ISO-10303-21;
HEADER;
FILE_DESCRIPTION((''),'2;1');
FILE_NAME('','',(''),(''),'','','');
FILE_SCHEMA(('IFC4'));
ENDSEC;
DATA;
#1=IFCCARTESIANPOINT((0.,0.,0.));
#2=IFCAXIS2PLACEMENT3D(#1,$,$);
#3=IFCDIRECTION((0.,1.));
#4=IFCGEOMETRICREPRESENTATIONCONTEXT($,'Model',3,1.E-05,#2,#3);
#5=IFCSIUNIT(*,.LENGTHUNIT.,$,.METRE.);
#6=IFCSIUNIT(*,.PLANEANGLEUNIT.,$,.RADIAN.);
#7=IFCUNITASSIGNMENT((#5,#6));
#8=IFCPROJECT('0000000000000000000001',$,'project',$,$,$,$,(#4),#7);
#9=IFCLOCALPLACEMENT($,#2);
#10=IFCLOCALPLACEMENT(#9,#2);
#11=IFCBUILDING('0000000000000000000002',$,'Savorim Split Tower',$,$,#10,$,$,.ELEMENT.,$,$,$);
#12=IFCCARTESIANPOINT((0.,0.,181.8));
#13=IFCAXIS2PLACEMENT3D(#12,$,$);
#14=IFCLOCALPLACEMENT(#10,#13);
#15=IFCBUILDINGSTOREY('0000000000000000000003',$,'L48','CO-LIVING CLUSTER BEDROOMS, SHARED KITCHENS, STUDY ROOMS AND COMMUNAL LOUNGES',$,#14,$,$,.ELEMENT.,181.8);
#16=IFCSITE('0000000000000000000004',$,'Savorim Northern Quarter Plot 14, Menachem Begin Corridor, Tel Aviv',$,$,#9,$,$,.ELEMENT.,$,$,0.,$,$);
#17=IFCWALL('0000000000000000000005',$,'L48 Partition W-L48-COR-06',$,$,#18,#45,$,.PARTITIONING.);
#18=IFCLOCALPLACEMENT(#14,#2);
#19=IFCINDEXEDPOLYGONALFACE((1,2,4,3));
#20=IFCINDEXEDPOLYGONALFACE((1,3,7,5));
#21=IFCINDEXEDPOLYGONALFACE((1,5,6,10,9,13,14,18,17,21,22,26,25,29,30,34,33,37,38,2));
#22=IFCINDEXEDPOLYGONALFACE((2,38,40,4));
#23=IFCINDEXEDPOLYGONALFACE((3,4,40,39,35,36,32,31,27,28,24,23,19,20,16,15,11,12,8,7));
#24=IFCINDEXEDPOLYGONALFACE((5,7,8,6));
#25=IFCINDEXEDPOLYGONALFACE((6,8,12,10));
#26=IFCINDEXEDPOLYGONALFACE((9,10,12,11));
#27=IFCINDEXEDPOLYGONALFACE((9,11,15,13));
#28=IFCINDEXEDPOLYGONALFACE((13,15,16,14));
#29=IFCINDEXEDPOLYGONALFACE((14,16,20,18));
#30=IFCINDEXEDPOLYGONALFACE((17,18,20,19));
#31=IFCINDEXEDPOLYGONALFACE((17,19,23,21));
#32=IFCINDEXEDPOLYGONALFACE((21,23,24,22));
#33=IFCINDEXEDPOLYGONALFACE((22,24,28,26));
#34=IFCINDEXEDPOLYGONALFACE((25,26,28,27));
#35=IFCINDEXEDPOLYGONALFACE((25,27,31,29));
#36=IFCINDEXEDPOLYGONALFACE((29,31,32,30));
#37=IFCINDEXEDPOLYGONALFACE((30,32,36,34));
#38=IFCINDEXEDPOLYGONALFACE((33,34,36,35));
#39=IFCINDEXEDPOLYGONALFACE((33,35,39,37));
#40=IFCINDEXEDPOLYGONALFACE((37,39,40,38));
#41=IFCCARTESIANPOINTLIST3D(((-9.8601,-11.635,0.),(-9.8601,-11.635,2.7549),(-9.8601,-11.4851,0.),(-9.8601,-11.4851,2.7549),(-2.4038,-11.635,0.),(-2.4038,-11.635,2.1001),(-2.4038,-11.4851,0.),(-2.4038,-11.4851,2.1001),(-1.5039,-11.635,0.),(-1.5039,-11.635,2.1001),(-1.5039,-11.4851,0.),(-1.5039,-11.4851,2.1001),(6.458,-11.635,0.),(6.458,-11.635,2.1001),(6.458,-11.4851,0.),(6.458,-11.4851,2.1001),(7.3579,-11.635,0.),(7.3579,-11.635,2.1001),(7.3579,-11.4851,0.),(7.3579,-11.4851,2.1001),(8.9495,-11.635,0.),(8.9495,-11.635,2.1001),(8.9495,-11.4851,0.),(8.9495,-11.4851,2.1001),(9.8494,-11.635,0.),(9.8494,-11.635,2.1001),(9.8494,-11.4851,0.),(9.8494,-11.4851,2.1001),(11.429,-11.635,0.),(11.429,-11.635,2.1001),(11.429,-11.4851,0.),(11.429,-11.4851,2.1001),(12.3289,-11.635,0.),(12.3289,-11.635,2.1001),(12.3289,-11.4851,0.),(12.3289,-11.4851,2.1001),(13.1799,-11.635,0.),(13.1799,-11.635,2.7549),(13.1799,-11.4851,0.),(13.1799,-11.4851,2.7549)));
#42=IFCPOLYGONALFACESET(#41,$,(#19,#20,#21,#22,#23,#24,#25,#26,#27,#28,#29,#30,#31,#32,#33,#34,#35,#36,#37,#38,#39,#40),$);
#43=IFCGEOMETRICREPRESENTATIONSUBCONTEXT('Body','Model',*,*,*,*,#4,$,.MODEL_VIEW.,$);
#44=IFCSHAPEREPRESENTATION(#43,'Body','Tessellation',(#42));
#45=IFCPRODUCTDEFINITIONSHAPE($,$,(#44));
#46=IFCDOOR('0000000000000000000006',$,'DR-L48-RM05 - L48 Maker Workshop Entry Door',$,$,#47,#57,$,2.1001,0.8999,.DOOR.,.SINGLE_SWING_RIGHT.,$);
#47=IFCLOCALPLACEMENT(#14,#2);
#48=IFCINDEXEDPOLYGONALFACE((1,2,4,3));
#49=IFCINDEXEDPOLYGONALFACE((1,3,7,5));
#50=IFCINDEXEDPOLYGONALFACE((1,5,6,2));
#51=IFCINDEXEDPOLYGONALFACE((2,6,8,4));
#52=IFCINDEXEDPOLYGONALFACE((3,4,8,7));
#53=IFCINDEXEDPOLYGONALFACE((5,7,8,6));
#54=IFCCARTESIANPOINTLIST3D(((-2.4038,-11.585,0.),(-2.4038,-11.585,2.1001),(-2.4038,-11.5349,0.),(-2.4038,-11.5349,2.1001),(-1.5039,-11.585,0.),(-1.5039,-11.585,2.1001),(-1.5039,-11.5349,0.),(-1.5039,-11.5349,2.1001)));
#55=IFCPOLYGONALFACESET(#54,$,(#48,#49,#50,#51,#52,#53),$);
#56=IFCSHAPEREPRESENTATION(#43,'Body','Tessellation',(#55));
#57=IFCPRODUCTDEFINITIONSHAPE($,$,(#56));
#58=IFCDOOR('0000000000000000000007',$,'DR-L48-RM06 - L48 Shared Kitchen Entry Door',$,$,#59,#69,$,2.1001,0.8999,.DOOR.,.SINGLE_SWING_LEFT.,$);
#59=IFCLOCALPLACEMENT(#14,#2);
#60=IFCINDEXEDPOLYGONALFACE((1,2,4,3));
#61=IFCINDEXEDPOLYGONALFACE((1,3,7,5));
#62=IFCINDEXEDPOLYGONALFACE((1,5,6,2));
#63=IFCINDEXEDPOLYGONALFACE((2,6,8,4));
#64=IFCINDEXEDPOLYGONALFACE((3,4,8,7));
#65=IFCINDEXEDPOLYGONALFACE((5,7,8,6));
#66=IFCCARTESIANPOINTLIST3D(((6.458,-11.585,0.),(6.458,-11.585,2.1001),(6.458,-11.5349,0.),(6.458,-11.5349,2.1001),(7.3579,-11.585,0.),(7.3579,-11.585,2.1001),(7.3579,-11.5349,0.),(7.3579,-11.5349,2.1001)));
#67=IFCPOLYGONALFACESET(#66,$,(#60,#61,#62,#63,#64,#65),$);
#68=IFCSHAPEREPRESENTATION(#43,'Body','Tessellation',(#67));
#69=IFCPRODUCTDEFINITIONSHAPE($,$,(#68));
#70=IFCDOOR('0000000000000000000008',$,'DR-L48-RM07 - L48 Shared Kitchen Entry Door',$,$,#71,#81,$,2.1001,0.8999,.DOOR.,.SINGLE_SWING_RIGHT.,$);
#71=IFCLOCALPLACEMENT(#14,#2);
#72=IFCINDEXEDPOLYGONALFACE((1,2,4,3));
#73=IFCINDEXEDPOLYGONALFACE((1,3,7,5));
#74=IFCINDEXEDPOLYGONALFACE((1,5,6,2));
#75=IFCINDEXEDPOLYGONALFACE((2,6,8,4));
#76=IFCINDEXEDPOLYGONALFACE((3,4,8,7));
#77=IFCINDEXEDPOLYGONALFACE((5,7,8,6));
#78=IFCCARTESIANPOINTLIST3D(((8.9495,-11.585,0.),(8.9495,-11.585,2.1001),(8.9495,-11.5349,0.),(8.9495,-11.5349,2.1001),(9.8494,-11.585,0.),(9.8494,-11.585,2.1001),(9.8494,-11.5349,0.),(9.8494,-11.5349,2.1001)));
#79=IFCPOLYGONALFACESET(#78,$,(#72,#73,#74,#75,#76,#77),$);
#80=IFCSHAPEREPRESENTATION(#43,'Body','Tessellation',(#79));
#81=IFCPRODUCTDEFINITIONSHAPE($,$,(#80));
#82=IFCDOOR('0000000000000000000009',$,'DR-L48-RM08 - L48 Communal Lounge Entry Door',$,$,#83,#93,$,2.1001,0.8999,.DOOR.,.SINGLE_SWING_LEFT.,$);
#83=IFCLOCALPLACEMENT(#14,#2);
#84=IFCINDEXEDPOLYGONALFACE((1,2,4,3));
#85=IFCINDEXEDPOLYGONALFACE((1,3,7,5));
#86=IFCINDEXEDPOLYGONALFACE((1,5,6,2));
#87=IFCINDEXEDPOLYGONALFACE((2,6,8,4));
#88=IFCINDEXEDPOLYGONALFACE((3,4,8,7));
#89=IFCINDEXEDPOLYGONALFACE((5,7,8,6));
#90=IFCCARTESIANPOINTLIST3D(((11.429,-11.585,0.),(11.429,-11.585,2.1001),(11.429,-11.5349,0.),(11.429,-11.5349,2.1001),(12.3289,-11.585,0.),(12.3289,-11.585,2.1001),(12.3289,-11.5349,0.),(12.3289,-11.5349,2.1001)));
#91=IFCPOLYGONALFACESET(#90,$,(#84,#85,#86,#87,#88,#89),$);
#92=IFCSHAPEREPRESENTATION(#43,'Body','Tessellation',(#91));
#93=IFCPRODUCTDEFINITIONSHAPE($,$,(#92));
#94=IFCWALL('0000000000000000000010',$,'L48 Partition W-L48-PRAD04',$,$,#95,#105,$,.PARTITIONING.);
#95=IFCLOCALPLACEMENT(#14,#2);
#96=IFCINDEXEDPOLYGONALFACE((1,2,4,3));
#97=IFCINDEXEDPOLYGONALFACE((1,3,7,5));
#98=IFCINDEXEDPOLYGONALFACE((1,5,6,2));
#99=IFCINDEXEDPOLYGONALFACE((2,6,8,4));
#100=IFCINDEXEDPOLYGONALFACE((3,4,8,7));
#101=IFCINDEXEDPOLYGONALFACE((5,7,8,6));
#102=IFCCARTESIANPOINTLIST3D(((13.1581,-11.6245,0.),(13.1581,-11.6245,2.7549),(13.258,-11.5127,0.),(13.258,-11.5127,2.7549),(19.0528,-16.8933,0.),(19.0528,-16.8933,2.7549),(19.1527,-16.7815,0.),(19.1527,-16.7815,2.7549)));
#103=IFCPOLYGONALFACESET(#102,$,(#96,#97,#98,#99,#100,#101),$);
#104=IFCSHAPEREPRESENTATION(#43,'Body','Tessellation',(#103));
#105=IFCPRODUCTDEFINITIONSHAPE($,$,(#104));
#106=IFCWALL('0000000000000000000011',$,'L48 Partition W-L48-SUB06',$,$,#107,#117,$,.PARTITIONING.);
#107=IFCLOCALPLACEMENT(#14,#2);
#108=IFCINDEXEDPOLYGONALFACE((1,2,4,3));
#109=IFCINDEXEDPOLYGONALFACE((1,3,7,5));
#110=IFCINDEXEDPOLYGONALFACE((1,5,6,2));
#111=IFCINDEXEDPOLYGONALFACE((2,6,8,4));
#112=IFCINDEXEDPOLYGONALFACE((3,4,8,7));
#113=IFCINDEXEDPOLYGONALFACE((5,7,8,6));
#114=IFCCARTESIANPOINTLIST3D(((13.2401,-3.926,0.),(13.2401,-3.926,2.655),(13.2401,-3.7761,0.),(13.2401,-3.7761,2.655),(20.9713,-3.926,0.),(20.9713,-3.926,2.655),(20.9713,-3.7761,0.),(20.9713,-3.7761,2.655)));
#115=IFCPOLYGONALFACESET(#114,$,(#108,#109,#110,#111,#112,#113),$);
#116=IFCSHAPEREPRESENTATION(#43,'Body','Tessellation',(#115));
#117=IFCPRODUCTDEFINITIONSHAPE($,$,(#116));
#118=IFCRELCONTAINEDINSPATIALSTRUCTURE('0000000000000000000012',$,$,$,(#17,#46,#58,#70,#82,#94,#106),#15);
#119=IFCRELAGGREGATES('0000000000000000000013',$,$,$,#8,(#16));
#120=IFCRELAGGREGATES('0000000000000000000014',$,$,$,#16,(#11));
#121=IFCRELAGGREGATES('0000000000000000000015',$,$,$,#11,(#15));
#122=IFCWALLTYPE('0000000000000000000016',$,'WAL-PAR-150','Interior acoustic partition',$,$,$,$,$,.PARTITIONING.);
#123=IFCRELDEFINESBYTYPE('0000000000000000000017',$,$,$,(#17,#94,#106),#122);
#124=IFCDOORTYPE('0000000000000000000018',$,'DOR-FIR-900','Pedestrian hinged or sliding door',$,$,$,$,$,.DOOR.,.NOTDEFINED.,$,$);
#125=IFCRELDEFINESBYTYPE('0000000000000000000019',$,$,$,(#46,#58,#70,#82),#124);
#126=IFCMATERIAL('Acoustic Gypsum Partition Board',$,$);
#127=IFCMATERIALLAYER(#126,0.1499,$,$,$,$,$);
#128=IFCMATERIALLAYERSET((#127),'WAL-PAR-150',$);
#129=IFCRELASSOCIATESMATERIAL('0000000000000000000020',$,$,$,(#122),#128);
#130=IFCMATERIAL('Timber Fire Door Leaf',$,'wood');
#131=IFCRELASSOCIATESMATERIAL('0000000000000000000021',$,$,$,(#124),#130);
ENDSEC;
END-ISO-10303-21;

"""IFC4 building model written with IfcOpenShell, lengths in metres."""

from ifc_helpers import new_model, si_unit, direction, frame, frame_2d, origin, place, context, subcontext, project, spatial, rectangle, extrude, material, layer, layer_set, type_object, element, fill, save


model = new_model("IFC4")

# Units and contexts
model_context = context("Model", 3, precision=1e-05, world=origin(), true_north=direction((0.0, 1.0)))
body_context = subcontext(model_context, "Body", "Model", "MODEL_VIEW")
ifc_project = project(units=[si_unit("LENGTHUNIT", "METRE"), si_unit("PLANEANGLEUNIT", "RADIAN")], contexts=[model_context])

# Site, building, storey
site_placement = place(None, origin())
site = spatial("IfcSite", under=ifc_project, at=site_placement, Name="Savorim Northern Quarter Plot 14, Menachem Begin Corridor, Tel Aviv", CompositionType="ELEMENT", RefElevation=0.0)
building_placement = place(site_placement, origin())
building = spatial("IfcBuilding", under=site, at=building_placement, Name="Savorim Split Tower", CompositionType="ELEMENT")
storey_placement = place(building_placement, frame((0.0, 0.0, 181.8)))
storey = spatial("IfcBuildingStorey", under=building, at=storey_placement, Name="L48", Description="CO-LIVING CLUSTER BEDROOMS, SHARED KITCHENS, STUDY ROOMS AND COMMUNAL LOUNGES", CompositionType="ELEMENT", Elevation=181.8)

# Wall, openings, doors
ifc_material_1 = material(Name="Acoustic Gypsum Partition Board")
ifc_layer_1 = layer(ifc_material_1, 0.1499)
ifc_layer_set_1 = layer_set([ifc_layer_1], Name="WAL-PAR-150")
wall_type_1 = type_object("IfcWallType", Name="WAL-PAR-150", Description="Interior acoustic partition", PredefinedType="PARTITIONING", material=ifc_layer_set_1)
wall_1_placement = place(storey_placement, frame((13.1799, -11.5601, 0.0), z_axis=(0.0, 0.0, 1.0), x_axis=(-1.0, 0.0, 0.0)))
wall_1 = element("IfcWall", 1, at=wall_1_placement, inside=storey, type_object=wall_type_1, Name="L48 Partition W-L48-COR-06", PredefinedType="PARTITIONING", context=body_context, shape_type="SweptSolid", body=[
    extrude(rectangle(XDim=23.04, YDim=0.1499, at=frame_2d((11.52, 0.0))), origin(), (0.0, 0.0, 1.0), 2.7549),
])
opening_1_placement = place(wall_1_placement, frame((14.6838, 0.0, 0.0)))
opening_1 = element("IfcOpeningElement", 2, at=opening_1_placement, cuts=wall_1, PredefinedType="OPENING", context=body_context, shape_type="SweptSolid", body=[
    extrude(rectangle(XDim=0.8999, YDim=2.1001, at=frame_2d((0.45, 1.05))), frame((0.0, 0.085, 0.0), z_axis=(0.0, -1.0, 0.0), x_axis=(1.0, 0.0, 0.0)), (0.0, 0.0, 1.0), 0.1699),
])
opening_2_placement = place(wall_1_placement, frame((5.822, 0.0, 0.0)))
opening_2 = element("IfcOpeningElement", 3, at=opening_2_placement, cuts=wall_1, PredefinedType="OPENING", context=body_context, shape_type="SweptSolid", body=[
    extrude(rectangle(XDim=0.8999, YDim=2.1001, at=frame_2d((0.45, 1.05))), frame((0.0, 0.085, 0.0), z_axis=(0.0, -1.0, 0.0), x_axis=(1.0, 0.0, 0.0)), (0.0, 0.0, 1.0), 0.1699),
])
opening_3_placement = place(wall_1_placement, frame((3.3306, 0.0, 0.0)))
opening_3 = element("IfcOpeningElement", 4, at=opening_3_placement, cuts=wall_1, PredefinedType="OPENING", context=body_context, shape_type="SweptSolid", body=[
    extrude(rectangle(XDim=0.8999, YDim=2.1001, at=frame_2d((0.45, 1.05))), frame((0.0, 0.085, 0.0), z_axis=(0.0, -1.0, 0.0), x_axis=(1.0, 0.0, 0.0)), (0.0, 0.0, 1.0), 0.1699),
])
opening_4_placement = place(wall_1_placement, frame((0.8511, 0.0, 0.0)))
opening_4 = element("IfcOpeningElement", 5, at=opening_4_placement, cuts=wall_1, PredefinedType="OPENING", context=body_context, shape_type="SweptSolid", body=[
    extrude(rectangle(XDim=0.8999, YDim=2.1001, at=frame_2d((0.45, 1.05))), frame((0.0, 0.085, 0.0), z_axis=(0.0, -1.0, 0.0), x_axis=(1.0, 0.0, 0.0)), (0.0, 0.0, 1.0), 0.1699),
])
ifc_material_2 = material(Name="Timber Fire Door Leaf", Category="wood")
door_type = type_object("IfcDoorType", Name="DOR-FIR-900", Description="Pedestrian hinged or sliding door", OperationType="NOTDEFINED", PredefinedType="DOOR", material=ifc_material_2)
door_1_placement = place(opening_1_placement, origin())
door_1 = element("IfcDoor", 6, at=door_1_placement, inside=storey, type_object=door_type, Name="DR-L48-RM05 - L48 Maker Workshop Entry Door", OperationType="SINGLE_SWING_RIGHT", OverallHeight=2.1001, OverallWidth=0.8999, PredefinedType="DOOR", context=body_context, shape_type="SweptSolid", body=[
    extrude(rectangle(XDim=0.8999, YDim=2.1001, at=frame_2d((0.45, 1.05))), frame((0.0, 0.0249, 0.0), z_axis=(0.0, -1.0, 0.0), x_axis=(1.0, 0.0, 0.0)), (0.0, 0.0, 1.0), 0.05),
])
fill(opening_1, door_1)
door_2_placement = place(opening_2_placement, origin())
door_2 = element("IfcDoor", 7, at=door_2_placement, inside=storey, type_object=door_type, Name="DR-L48-RM06 - L48 Shared Kitchen Entry Door", OperationType="SINGLE_SWING_LEFT", OverallHeight=2.1001, OverallWidth=0.8999, PredefinedType="DOOR", context=body_context, shape_type="SweptSolid", body=[
    extrude(rectangle(XDim=0.8999, YDim=2.1001, at=frame_2d((0.45, 1.05))), frame((0.0, 0.0249, 0.0), z_axis=(0.0, -1.0, 0.0), x_axis=(1.0, 0.0, 0.0)), (0.0, 0.0, 1.0), 0.05),
])
fill(opening_2, door_2)
door_3_placement = place(opening_3_placement, origin())
door_3 = element("IfcDoor", 8, at=door_3_placement, inside=storey, type_object=door_type, Name="DR-L48-RM07 - L48 Shared Kitchen Entry Door", OperationType="SINGLE_SWING_RIGHT", OverallHeight=2.1001, OverallWidth=0.8999, PredefinedType="DOOR", context=body_context, shape_type="SweptSolid", body=[
    extrude(rectangle(XDim=0.8999, YDim=2.1001, at=frame_2d((0.45, 1.05))), frame((0.0, 0.0249, 0.0), z_axis=(0.0, -1.0, 0.0), x_axis=(1.0, 0.0, 0.0)), (0.0, 0.0, 1.0), 0.05),
])
fill(opening_3, door_3)
door_4_placement = place(opening_4_placement, origin())
door_4 = element("IfcDoor", 9, at=door_4_placement, inside=storey, type_object=door_type, Name="DR-L48-RM08 - L48 Communal Lounge Entry Door", OperationType="SINGLE_SWING_LEFT", OverallHeight=2.1001, OverallWidth=0.8999, PredefinedType="DOOR", context=body_context, shape_type="SweptSolid", body=[
    extrude(rectangle(XDim=0.8999, YDim=2.1001, at=frame_2d((0.45, 1.05))), frame((0.0, 0.0249, 0.0), z_axis=(0.0, -1.0, 0.0), x_axis=(1.0, 0.0, 0.0)), (0.0, 0.0, 1.0), 0.05),
])
fill(opening_4, door_4)

# Walls
wall_2_placement = place(storey_placement, frame((13.208, -11.5686, 0.0), z_axis=(0.0, 0.0, 1.0), x_axis=(0.745585, -0.66641, 0.0)))
element("IfcWall", 10, at=wall_2_placement, inside=storey, type_object=wall_type_1, Name="L48 Partition W-L48-PRAD04", PredefinedType="PARTITIONING", context=body_context, shape_type="SweptSolid", body=[
    extrude(rectangle(XDim=7.9062, YDim=0.1499, at=frame_2d((3.9531, 0.0))), origin(), (0.0, 0.0, 1.0), 2.7549),
])
wall_3_placement = place(storey_placement, frame((13.24, -3.8511, 0.0), z_axis=(0.0, 0.0, 1.0), x_axis=(1.0, 0.0, 0.0)))
element("IfcWall", 11, at=wall_3_placement, inside=storey, type_object=wall_type_1, Name="L48 Partition W-L48-SUB06", PredefinedType="PARTITIONING", context=body_context, shape_type="SweptSolid", body=[
    extrude(rectangle(XDim=7.7312, YDim=0.1499, at=frame_2d((3.8657, 0.0))), origin(), (0.0, 0.0, 1.0), 2.655),
])

save(model, "model.ifc")
